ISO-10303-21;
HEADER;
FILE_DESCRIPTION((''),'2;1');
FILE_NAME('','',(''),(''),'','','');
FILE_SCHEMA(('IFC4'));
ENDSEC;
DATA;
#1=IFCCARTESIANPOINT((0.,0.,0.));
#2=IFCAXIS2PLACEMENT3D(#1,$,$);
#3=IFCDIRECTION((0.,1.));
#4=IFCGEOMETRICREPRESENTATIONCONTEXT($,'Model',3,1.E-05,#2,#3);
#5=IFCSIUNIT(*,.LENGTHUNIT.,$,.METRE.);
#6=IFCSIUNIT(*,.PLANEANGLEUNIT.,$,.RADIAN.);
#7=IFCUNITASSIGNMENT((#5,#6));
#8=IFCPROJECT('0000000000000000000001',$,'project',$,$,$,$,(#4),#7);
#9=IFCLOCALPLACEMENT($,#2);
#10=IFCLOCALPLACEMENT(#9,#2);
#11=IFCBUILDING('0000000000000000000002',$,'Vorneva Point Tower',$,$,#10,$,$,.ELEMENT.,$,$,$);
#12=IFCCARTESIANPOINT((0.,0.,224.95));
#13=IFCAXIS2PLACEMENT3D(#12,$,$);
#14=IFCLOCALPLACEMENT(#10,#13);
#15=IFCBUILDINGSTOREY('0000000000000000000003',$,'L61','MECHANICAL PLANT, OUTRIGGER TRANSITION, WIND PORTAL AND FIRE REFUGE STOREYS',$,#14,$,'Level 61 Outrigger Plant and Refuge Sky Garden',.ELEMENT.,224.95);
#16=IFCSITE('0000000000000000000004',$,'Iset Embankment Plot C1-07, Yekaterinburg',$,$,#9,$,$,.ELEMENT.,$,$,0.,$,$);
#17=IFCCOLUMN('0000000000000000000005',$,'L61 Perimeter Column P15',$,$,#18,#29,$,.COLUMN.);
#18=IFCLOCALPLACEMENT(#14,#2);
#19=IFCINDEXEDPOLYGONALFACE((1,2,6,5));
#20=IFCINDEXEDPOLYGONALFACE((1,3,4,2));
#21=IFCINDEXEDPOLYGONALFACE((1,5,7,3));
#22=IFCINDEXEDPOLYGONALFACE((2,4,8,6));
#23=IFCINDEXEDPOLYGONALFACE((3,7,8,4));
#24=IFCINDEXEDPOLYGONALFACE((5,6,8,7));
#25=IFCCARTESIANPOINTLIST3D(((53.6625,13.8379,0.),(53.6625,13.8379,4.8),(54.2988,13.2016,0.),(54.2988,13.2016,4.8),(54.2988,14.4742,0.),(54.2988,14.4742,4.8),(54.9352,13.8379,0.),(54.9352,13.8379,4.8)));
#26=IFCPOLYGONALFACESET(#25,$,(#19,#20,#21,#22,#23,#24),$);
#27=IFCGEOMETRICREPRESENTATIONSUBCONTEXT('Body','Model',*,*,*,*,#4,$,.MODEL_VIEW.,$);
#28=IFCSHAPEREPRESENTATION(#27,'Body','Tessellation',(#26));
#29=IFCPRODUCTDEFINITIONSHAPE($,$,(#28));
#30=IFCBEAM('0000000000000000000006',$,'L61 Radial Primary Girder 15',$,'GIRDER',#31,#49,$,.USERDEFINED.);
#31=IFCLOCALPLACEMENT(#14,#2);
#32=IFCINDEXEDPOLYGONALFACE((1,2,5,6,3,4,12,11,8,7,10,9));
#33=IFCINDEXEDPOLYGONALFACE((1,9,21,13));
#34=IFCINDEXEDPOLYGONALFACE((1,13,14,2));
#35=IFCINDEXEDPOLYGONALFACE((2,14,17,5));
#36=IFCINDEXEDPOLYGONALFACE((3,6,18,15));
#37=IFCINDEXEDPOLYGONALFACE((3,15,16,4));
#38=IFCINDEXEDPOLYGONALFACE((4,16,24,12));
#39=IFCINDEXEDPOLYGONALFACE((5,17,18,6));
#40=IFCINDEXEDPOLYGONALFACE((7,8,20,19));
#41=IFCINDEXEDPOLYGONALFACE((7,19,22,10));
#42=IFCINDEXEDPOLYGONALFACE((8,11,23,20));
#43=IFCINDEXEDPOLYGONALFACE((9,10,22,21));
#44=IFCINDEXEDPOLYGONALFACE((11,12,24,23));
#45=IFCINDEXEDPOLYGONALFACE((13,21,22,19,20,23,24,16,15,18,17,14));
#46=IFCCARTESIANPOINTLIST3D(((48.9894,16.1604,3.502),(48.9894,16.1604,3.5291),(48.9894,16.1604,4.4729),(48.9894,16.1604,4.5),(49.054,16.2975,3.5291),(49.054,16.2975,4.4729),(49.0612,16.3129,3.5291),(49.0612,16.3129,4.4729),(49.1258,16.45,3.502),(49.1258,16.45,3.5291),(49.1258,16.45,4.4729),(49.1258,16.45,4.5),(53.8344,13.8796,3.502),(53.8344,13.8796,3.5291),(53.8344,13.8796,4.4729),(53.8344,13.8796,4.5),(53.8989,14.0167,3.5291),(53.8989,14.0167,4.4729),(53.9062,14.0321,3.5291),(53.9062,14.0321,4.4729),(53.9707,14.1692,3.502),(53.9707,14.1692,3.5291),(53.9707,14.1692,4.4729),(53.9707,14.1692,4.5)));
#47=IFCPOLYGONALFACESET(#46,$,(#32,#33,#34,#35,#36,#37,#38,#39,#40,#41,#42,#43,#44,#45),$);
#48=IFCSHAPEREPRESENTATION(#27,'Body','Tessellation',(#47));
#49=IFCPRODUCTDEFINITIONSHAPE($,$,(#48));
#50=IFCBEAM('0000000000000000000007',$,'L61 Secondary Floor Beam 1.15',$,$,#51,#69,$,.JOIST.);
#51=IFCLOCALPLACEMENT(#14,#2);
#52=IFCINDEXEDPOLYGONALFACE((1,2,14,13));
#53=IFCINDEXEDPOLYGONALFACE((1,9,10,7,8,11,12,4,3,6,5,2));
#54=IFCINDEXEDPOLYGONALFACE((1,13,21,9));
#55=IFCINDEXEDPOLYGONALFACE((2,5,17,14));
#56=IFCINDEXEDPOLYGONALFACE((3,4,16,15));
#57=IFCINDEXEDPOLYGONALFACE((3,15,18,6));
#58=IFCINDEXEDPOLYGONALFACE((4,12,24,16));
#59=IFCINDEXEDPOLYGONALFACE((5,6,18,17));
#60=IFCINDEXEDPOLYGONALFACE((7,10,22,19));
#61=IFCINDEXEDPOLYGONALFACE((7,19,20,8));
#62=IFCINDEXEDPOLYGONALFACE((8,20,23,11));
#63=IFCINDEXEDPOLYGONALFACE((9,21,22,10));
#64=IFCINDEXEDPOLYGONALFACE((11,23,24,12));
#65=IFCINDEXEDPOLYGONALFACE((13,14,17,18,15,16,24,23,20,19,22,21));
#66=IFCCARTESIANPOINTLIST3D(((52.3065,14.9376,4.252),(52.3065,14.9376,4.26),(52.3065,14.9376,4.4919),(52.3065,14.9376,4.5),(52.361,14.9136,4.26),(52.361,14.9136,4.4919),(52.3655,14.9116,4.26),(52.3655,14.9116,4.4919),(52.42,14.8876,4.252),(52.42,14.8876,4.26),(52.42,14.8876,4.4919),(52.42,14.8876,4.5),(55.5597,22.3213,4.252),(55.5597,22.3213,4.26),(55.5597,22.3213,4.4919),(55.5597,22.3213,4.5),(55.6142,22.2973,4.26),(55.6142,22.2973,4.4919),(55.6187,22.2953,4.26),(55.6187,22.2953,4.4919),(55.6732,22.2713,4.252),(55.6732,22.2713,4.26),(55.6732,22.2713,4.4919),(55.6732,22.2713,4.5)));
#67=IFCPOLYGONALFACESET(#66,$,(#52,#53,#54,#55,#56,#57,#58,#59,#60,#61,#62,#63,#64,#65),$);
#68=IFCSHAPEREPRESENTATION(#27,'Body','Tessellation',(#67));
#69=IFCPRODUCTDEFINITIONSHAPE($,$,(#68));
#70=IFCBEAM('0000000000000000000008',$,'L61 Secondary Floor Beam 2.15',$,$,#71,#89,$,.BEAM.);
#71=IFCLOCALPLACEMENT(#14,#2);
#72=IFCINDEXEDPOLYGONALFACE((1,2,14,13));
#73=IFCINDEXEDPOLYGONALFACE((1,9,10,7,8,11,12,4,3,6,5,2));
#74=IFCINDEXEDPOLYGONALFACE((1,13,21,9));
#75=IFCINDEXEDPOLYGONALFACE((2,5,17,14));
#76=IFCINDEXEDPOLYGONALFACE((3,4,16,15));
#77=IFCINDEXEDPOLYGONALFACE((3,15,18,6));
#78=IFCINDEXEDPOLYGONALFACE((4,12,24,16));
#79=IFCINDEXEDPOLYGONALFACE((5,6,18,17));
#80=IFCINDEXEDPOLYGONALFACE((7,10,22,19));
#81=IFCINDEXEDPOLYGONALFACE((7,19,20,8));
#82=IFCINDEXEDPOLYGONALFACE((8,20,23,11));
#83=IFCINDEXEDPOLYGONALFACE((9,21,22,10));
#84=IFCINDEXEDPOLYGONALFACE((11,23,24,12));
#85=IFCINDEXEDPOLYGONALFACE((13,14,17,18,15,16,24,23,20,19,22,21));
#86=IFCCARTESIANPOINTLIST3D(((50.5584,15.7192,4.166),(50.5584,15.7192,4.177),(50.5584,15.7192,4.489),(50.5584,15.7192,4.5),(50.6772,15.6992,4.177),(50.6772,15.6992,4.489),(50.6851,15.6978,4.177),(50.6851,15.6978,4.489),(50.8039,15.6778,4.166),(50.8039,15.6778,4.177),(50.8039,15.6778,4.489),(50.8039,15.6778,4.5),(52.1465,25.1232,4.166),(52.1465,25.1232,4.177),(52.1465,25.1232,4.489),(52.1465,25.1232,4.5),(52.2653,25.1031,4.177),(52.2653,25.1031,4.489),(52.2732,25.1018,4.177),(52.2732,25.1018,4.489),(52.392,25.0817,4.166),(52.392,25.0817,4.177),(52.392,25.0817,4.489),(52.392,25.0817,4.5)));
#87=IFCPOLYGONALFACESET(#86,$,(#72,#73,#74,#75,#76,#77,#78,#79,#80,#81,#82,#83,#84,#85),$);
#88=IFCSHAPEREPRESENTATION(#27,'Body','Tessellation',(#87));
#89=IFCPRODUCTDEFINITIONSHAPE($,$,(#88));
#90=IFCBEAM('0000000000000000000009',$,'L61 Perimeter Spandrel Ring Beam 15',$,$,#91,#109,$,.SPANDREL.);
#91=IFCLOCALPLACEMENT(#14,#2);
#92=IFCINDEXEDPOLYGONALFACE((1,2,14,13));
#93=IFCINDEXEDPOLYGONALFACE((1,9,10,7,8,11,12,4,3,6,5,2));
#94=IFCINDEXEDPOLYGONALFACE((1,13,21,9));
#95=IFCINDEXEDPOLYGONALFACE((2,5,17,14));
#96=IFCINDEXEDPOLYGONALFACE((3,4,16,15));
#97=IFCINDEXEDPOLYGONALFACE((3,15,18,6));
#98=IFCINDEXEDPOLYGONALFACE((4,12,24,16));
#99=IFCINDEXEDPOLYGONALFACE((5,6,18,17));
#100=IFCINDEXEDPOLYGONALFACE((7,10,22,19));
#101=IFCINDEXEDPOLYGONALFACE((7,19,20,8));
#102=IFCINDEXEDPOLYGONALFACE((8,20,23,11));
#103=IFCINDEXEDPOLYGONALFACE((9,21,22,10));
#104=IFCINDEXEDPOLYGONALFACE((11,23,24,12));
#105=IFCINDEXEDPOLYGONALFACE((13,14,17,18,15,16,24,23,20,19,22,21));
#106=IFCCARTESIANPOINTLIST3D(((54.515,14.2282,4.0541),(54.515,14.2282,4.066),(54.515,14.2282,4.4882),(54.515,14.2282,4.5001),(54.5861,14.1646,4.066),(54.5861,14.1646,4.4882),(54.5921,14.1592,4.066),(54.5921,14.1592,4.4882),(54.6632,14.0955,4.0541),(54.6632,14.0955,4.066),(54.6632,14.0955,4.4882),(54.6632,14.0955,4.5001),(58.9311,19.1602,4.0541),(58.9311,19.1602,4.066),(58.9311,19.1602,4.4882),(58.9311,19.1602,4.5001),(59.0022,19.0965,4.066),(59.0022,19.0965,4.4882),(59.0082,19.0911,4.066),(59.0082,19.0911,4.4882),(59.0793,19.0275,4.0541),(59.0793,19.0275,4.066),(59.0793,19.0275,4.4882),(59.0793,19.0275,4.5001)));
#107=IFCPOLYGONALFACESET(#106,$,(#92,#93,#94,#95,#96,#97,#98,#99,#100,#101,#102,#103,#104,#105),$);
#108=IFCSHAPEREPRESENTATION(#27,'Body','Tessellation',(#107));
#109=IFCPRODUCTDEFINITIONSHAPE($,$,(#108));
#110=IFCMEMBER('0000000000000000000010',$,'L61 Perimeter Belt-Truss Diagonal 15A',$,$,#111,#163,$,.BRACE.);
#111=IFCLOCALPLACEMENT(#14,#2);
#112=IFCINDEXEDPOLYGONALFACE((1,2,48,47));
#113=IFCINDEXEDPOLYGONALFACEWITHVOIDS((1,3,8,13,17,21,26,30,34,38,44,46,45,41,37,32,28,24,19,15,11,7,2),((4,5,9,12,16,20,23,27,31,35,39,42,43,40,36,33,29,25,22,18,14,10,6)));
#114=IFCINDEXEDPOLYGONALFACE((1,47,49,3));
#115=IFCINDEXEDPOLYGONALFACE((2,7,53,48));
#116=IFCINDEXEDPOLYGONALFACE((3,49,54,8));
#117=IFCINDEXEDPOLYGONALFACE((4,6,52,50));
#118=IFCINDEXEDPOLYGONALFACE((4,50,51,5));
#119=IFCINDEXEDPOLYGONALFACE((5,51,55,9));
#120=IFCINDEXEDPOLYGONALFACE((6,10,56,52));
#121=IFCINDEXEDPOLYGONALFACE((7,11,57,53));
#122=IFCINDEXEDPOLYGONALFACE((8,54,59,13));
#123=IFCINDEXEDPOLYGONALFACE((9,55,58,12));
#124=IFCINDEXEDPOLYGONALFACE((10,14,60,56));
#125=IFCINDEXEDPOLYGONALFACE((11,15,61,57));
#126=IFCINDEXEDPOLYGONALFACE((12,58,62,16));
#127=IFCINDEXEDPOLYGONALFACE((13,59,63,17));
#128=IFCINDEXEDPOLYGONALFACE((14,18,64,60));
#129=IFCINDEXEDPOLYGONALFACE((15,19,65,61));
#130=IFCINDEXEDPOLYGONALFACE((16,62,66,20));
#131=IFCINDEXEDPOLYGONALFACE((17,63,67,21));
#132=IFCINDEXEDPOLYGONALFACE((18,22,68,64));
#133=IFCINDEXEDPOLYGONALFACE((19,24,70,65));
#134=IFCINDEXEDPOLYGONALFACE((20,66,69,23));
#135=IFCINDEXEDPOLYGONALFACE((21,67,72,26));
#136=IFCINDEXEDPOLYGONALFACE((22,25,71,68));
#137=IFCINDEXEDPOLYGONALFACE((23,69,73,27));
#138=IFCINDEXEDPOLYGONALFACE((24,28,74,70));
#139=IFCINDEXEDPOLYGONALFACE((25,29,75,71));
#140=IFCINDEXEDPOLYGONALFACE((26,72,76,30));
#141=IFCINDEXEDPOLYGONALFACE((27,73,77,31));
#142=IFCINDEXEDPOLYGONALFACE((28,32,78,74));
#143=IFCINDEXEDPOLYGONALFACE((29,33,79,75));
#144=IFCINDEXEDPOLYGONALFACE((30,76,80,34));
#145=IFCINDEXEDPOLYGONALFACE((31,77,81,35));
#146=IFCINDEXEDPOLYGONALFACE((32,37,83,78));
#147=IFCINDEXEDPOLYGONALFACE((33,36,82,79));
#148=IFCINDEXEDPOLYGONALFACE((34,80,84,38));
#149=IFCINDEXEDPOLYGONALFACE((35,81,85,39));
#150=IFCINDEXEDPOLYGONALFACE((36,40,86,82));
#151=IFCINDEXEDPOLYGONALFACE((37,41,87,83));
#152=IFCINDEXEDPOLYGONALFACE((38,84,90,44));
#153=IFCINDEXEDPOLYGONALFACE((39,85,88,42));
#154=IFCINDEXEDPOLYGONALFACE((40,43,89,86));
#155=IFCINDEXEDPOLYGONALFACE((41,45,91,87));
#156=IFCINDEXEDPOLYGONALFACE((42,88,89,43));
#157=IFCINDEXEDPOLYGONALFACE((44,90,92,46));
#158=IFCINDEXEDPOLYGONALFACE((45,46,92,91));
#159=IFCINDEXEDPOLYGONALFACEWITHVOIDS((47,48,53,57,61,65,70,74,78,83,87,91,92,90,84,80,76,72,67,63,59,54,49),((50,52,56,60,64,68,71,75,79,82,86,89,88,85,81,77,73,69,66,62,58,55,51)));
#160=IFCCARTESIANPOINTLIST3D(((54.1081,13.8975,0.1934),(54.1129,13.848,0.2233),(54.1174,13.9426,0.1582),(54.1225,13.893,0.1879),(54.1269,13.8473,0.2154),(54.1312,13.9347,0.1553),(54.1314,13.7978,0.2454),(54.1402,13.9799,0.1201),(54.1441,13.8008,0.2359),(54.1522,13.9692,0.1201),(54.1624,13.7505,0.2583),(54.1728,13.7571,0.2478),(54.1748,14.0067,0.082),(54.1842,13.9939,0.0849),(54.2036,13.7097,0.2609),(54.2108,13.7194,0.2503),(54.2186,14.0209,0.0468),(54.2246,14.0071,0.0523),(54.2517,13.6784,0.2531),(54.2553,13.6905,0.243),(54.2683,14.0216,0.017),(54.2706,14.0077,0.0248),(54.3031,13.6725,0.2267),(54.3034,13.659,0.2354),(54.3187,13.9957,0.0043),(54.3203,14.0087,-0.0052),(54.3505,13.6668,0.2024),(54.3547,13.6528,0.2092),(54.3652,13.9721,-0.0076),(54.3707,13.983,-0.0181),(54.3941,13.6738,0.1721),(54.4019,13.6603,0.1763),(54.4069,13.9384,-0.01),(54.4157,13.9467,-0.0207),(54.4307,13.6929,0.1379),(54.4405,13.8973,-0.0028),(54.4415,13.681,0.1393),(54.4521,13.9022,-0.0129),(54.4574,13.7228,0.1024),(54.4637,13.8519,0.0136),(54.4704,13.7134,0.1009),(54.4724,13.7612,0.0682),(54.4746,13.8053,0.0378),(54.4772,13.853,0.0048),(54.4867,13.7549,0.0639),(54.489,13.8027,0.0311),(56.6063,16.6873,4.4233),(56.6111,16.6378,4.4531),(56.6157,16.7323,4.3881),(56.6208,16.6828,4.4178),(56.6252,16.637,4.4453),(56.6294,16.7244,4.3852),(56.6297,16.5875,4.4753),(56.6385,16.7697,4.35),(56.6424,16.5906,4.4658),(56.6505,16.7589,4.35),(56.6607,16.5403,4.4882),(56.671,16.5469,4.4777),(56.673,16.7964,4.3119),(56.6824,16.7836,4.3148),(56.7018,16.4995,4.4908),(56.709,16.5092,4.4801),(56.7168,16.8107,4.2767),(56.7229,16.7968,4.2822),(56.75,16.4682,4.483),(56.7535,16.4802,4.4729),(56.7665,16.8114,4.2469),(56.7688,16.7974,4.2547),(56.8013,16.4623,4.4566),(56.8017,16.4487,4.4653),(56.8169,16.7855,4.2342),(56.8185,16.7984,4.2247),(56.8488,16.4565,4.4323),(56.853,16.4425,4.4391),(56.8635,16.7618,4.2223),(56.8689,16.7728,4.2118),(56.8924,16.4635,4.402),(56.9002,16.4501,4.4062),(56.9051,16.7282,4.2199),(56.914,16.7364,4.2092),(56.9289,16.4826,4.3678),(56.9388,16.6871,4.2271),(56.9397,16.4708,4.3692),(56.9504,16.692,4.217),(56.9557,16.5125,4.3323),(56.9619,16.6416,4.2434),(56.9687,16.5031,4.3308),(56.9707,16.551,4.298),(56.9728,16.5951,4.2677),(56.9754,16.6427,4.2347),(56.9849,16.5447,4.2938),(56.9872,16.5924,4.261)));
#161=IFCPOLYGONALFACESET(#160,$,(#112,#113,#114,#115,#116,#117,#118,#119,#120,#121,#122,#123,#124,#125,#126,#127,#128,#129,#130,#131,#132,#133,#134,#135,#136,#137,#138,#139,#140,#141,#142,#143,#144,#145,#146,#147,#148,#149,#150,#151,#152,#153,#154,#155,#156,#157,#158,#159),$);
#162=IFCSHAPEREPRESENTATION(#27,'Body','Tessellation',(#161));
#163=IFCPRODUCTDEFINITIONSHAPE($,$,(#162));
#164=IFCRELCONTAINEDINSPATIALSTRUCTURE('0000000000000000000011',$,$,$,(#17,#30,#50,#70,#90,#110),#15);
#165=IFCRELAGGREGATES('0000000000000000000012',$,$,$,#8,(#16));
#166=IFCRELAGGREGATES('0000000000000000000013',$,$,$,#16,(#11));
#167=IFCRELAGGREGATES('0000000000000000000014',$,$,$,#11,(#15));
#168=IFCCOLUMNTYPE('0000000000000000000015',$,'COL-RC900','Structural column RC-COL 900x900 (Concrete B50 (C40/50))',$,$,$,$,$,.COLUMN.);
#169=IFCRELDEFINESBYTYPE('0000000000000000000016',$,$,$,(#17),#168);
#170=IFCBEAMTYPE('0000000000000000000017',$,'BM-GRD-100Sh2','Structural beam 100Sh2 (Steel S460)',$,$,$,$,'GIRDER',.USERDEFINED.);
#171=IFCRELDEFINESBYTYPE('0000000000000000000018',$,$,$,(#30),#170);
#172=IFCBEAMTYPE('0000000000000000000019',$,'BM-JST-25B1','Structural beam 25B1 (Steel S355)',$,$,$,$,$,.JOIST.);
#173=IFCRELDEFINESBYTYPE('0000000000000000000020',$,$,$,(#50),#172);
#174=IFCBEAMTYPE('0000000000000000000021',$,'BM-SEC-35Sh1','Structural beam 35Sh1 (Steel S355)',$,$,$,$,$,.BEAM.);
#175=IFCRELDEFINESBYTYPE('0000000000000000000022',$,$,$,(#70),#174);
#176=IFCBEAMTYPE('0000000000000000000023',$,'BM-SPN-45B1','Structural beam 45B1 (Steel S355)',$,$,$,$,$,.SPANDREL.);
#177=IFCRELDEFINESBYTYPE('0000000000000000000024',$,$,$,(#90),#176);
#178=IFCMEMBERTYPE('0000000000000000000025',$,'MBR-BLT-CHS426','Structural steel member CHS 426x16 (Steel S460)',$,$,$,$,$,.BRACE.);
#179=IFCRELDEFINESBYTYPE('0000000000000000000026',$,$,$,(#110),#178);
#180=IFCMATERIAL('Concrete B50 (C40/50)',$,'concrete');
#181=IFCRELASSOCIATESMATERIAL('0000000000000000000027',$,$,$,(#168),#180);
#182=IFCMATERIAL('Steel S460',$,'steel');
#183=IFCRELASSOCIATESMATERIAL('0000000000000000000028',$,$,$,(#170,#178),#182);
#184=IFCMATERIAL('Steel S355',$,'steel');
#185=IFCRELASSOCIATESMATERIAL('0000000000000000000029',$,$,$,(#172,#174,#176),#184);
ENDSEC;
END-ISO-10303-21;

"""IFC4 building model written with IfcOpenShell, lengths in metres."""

from ifc_helpers import new_model, si_unit, direction, frame, origin, origin_2d, place, context, subcontext, project, spatial, rectangle, hollow_circle, i_section, extrude, material, material_profile, profile_set, type_object, element, save


model = new_model("IFC4")

# Units and contexts
model_context = context("Model", 3, precision=1e-05, world=origin(), true_north=direction((0.0, 1.0)))
body_context = subcontext(model_context, "Body", "Model", "MODEL_VIEW")
ifc_project = project(units=[si_unit("LENGTHUNIT", "METRE"), si_unit("PLANEANGLEUNIT", "RADIAN")], contexts=[model_context])

# Site, building, storey
site_placement = place(None, origin())
site = spatial("IfcSite", under=ifc_project, at=site_placement, Name="Iset Embankment Plot C1-07, Yekaterinburg", CompositionType="ELEMENT", RefElevation=0.0)
building_placement = place(site_placement, origin())
building = spatial("IfcBuilding", under=site, at=building_placement, Name="Vorneva Point Tower", CompositionType="ELEMENT")
storey_placement = place(building_placement, frame((0.0, 0.0, 224.95)))
storey = spatial("IfcBuildingStorey", under=building, at=storey_placement, Name="L61", Description="MECHANICAL PLANT, OUTRIGGER TRANSITION, WIND PORTAL AND FIRE REFUGE STOREYS", LongName="Level 61 Outrigger Plant and Refuge Sky Garden", CompositionType="ELEMENT", Elevation=224.95)

# Column
ifc_material_1 = material(Name="Concrete B50 (C40/50)", Category="concrete")
ifc_material_profile_1 = material_profile(ifc_material_1, rectangle(XDim=0.8999, YDim=0.8999, at=origin_2d()), Name="RC-COL 900x900")
ifc_profile_set_1 = profile_set([ifc_material_profile_1], Name="Concrete B50 (C40/50)")
column_type = type_object("IfcColumnType", Name="COL-RC900", Description="Structural column RC-COL 900x900 (Concrete B50 (C40/50))", PredefinedType="COLUMN", material=ifc_profile_set_1)
column_placement = place(storey_placement, frame((54.2988, 13.8379, 0.0), z_axis=(0.0, 0.0, 1.0), x_axis=(0.707107, -0.707107, 0.0)))
element("IfcColumn", 1, at=column_placement, inside=storey, type_object=column_type, Name="L61 Perimeter Column P15", PredefinedType="COLUMN", context=body_context, shape_type="SweptSolid", body=[
    extrude(rectangle(XDim=0.8999, YDim=0.8999, at=origin_2d()), origin(), (0.0, 0.0, 1.0), 4.8),
])

# Beams
ifc_material_2 = material(Name="Steel S460", Category="steel")
ifc_material_profile_2 = material_profile(ifc_material_2, i_section(OverallWidth=0.3201, OverallDepth=0.998, WebThickness=0.0171, FlangeThickness=0.0271, at=origin_2d()), Name="100Sh2")
ifc_profile_set_2 = profile_set([ifc_material_profile_2], Name="Steel S460")
beam_type_1 = type_object("IfcBeamType", Name="BM-GRD-100Sh2", Description="Structural beam 100Sh2 (Steel S460)", ElementType="GIRDER", PredefinedType="USERDEFINED", material=ifc_profile_set_2)
beam_1_placement = place(storey_placement, frame((53.9026, 14.0244, 4.001), z_axis=(-0.904763, 0.425916, 0.0), x_axis=(-0.425916, -0.904763, 0.0)))
element("IfcBeam", 2, at=beam_1_placement, inside=storey, type_object=beam_type_1, Name="L61 Radial Primary Girder 15", ObjectType="GIRDER", PredefinedType="USERDEFINED", context=body_context, shape_type="SweptSolid", body=[
    extrude(i_section(OverallWidth=0.3201, OverallDepth=0.998, WebThickness=0.0171, FlangeThickness=0.0271, at=origin_2d()), origin(), (0.0, 0.0, 1.0), 5.355),
])
ifc_material_3 = material(Name="Steel S355", Category="steel")
ifc_material_profile_3 = material_profile(ifc_material_3, i_section(OverallWidth=0.124, OverallDepth=0.248, WebThickness=0.0049, FlangeThickness=0.0081, at=origin_2d()), Name="25B1")
ifc_profile_set_3 = profile_set([ifc_material_profile_3], Name="Steel S355")
beam_type_2 = type_object("IfcBeamType", Name="BM-JST-25B1", Description="Structural beam 25B1 (Steel S355)", PredefinedType="JOIST", material=ifc_profile_set_3)
beam_2_placement = place(storey_placement, frame((52.3633, 14.9126, 4.376), z_axis=(0.403186, 0.915118, 0.0), x_axis=(-0.915118, 0.403186, 0.0)))
element("IfcBeam", 3, at=beam_2_placement, inside=storey, type_object=beam_type_2, Name="L61 Secondary Floor Beam 1.15", PredefinedType="JOIST", context=body_context, shape_type="SweptSolid", body=[
    extrude(i_section(OverallWidth=0.124, OverallDepth=0.248, WebThickness=0.0049, FlangeThickness=0.0081, at=origin_2d()), origin(), (0.0, 0.0, 1.0), 8.0686),
])
ifc_material_profile_4 = material_profile(ifc_material_3, i_section(OverallWidth=0.249, OverallDepth=0.334, WebThickness=0.0081, FlangeThickness=0.011, at=origin_2d()), Name="35Sh1")
ifc_profile_set_4 = profile_set([ifc_material_profile_4], Name="Steel S355")
beam_type_3 = type_object("IfcBeamType", Name="BM-SEC-35Sh1", Description="Structural beam 35Sh1 (Steel S355)", PredefinedType="BEAM", material=ifc_profile_set_4)
beam_3_placement = place(storey_placement, frame((50.6812, 15.6985, 4.333), z_axis=(0.16652, 0.986038, 0.0), x_axis=(-0.986038, 0.16652, 0.0)))
element("IfcBeam", 4, at=beam_3_placement, inside=storey, type_object=beam_type_3, Name="L61 Secondary Floor Beam 2.15", PredefinedType="BEAM", context=body_context, shape_type="SweptSolid", body=[
    extrude(i_section(OverallWidth=0.249, OverallDepth=0.334, WebThickness=0.0081, FlangeThickness=0.011, at=origin_2d()), origin(), (0.0, 0.0, 1.0), 9.5371),
])
ifc_material_profile_5 = material_profile(ifc_material_3, i_section(OverallWidth=0.199, OverallDepth=0.446, WebThickness=0.0081, FlangeThickness=0.012, at=origin_2d()), Name="45B1")
ifc_profile_set_5 = profile_set([ifc_material_profile_5], Name="Steel S355")
beam_type_4 = type_object("IfcBeamType", Name="BM-SPN-45B1", Description="Structural beam 45B1 (Steel S355)", PredefinedType="SPANDREL", material=ifc_profile_set_5)
beam_4_placement = place(storey_placement, frame((54.5891, 14.1619, 4.2771), z_axis=(0.66707, 0.744995, 0.0), x_axis=(-0.744995, 0.66707, 0.0)))
element("IfcBeam", 5, at=beam_4_placement, inside=storey, type_object=beam_type_4, Name="L61 Perimeter Spandrel Ring Beam 15", PredefinedType="SPANDREL", context=body_context, shape_type="SweptSolid", body=[
    extrude(i_section(OverallWidth=0.199, OverallDepth=0.446, WebThickness=0.0081, FlangeThickness=0.012, at=origin_2d()), origin(), (0.0, 0.0, 1.0), 6.6201),
])

# Member
ifc_material_profile_6 = material_profile(ifc_material_2, hollow_circle(Radius=0.2129, WallThickness=0.0161, at=origin_2d()), Name="CHS 426x16")
ifc_profile_set_6 = profile_set([ifc_material_profile_6], Name="Steel S460")
member_type_1 = type_object("IfcMemberType", Name="MBR-BLT-CHS426", Description="Structural steel member CHS 426x16 (Steel S460)", PredefinedType="BRACE", material=ifc_profile_set_6)
member_1_placement = place(storey_placement, frame((54.2988, 13.8379, 0.1201), z_axis=(0.442212, 0.49381, 0.748732), x_axis=(-0.744955, 0.667115, 0.0)))
element("IfcMember", 6, at=member_1_placement, inside=storey, type_object=member_type_1, Name="L61 Perimeter Belt-Truss Diagonal 15A", PredefinedType="BRACE", context=body_context, shape_type="SweptSolid", body=[
    extrude(hollow_circle(Radius=0.2129, WallThickness=0.0161, at=origin_2d()), origin(), (0.0, 0.0, 1.0), 5.6494),
])

save(model, "model.ifc")
